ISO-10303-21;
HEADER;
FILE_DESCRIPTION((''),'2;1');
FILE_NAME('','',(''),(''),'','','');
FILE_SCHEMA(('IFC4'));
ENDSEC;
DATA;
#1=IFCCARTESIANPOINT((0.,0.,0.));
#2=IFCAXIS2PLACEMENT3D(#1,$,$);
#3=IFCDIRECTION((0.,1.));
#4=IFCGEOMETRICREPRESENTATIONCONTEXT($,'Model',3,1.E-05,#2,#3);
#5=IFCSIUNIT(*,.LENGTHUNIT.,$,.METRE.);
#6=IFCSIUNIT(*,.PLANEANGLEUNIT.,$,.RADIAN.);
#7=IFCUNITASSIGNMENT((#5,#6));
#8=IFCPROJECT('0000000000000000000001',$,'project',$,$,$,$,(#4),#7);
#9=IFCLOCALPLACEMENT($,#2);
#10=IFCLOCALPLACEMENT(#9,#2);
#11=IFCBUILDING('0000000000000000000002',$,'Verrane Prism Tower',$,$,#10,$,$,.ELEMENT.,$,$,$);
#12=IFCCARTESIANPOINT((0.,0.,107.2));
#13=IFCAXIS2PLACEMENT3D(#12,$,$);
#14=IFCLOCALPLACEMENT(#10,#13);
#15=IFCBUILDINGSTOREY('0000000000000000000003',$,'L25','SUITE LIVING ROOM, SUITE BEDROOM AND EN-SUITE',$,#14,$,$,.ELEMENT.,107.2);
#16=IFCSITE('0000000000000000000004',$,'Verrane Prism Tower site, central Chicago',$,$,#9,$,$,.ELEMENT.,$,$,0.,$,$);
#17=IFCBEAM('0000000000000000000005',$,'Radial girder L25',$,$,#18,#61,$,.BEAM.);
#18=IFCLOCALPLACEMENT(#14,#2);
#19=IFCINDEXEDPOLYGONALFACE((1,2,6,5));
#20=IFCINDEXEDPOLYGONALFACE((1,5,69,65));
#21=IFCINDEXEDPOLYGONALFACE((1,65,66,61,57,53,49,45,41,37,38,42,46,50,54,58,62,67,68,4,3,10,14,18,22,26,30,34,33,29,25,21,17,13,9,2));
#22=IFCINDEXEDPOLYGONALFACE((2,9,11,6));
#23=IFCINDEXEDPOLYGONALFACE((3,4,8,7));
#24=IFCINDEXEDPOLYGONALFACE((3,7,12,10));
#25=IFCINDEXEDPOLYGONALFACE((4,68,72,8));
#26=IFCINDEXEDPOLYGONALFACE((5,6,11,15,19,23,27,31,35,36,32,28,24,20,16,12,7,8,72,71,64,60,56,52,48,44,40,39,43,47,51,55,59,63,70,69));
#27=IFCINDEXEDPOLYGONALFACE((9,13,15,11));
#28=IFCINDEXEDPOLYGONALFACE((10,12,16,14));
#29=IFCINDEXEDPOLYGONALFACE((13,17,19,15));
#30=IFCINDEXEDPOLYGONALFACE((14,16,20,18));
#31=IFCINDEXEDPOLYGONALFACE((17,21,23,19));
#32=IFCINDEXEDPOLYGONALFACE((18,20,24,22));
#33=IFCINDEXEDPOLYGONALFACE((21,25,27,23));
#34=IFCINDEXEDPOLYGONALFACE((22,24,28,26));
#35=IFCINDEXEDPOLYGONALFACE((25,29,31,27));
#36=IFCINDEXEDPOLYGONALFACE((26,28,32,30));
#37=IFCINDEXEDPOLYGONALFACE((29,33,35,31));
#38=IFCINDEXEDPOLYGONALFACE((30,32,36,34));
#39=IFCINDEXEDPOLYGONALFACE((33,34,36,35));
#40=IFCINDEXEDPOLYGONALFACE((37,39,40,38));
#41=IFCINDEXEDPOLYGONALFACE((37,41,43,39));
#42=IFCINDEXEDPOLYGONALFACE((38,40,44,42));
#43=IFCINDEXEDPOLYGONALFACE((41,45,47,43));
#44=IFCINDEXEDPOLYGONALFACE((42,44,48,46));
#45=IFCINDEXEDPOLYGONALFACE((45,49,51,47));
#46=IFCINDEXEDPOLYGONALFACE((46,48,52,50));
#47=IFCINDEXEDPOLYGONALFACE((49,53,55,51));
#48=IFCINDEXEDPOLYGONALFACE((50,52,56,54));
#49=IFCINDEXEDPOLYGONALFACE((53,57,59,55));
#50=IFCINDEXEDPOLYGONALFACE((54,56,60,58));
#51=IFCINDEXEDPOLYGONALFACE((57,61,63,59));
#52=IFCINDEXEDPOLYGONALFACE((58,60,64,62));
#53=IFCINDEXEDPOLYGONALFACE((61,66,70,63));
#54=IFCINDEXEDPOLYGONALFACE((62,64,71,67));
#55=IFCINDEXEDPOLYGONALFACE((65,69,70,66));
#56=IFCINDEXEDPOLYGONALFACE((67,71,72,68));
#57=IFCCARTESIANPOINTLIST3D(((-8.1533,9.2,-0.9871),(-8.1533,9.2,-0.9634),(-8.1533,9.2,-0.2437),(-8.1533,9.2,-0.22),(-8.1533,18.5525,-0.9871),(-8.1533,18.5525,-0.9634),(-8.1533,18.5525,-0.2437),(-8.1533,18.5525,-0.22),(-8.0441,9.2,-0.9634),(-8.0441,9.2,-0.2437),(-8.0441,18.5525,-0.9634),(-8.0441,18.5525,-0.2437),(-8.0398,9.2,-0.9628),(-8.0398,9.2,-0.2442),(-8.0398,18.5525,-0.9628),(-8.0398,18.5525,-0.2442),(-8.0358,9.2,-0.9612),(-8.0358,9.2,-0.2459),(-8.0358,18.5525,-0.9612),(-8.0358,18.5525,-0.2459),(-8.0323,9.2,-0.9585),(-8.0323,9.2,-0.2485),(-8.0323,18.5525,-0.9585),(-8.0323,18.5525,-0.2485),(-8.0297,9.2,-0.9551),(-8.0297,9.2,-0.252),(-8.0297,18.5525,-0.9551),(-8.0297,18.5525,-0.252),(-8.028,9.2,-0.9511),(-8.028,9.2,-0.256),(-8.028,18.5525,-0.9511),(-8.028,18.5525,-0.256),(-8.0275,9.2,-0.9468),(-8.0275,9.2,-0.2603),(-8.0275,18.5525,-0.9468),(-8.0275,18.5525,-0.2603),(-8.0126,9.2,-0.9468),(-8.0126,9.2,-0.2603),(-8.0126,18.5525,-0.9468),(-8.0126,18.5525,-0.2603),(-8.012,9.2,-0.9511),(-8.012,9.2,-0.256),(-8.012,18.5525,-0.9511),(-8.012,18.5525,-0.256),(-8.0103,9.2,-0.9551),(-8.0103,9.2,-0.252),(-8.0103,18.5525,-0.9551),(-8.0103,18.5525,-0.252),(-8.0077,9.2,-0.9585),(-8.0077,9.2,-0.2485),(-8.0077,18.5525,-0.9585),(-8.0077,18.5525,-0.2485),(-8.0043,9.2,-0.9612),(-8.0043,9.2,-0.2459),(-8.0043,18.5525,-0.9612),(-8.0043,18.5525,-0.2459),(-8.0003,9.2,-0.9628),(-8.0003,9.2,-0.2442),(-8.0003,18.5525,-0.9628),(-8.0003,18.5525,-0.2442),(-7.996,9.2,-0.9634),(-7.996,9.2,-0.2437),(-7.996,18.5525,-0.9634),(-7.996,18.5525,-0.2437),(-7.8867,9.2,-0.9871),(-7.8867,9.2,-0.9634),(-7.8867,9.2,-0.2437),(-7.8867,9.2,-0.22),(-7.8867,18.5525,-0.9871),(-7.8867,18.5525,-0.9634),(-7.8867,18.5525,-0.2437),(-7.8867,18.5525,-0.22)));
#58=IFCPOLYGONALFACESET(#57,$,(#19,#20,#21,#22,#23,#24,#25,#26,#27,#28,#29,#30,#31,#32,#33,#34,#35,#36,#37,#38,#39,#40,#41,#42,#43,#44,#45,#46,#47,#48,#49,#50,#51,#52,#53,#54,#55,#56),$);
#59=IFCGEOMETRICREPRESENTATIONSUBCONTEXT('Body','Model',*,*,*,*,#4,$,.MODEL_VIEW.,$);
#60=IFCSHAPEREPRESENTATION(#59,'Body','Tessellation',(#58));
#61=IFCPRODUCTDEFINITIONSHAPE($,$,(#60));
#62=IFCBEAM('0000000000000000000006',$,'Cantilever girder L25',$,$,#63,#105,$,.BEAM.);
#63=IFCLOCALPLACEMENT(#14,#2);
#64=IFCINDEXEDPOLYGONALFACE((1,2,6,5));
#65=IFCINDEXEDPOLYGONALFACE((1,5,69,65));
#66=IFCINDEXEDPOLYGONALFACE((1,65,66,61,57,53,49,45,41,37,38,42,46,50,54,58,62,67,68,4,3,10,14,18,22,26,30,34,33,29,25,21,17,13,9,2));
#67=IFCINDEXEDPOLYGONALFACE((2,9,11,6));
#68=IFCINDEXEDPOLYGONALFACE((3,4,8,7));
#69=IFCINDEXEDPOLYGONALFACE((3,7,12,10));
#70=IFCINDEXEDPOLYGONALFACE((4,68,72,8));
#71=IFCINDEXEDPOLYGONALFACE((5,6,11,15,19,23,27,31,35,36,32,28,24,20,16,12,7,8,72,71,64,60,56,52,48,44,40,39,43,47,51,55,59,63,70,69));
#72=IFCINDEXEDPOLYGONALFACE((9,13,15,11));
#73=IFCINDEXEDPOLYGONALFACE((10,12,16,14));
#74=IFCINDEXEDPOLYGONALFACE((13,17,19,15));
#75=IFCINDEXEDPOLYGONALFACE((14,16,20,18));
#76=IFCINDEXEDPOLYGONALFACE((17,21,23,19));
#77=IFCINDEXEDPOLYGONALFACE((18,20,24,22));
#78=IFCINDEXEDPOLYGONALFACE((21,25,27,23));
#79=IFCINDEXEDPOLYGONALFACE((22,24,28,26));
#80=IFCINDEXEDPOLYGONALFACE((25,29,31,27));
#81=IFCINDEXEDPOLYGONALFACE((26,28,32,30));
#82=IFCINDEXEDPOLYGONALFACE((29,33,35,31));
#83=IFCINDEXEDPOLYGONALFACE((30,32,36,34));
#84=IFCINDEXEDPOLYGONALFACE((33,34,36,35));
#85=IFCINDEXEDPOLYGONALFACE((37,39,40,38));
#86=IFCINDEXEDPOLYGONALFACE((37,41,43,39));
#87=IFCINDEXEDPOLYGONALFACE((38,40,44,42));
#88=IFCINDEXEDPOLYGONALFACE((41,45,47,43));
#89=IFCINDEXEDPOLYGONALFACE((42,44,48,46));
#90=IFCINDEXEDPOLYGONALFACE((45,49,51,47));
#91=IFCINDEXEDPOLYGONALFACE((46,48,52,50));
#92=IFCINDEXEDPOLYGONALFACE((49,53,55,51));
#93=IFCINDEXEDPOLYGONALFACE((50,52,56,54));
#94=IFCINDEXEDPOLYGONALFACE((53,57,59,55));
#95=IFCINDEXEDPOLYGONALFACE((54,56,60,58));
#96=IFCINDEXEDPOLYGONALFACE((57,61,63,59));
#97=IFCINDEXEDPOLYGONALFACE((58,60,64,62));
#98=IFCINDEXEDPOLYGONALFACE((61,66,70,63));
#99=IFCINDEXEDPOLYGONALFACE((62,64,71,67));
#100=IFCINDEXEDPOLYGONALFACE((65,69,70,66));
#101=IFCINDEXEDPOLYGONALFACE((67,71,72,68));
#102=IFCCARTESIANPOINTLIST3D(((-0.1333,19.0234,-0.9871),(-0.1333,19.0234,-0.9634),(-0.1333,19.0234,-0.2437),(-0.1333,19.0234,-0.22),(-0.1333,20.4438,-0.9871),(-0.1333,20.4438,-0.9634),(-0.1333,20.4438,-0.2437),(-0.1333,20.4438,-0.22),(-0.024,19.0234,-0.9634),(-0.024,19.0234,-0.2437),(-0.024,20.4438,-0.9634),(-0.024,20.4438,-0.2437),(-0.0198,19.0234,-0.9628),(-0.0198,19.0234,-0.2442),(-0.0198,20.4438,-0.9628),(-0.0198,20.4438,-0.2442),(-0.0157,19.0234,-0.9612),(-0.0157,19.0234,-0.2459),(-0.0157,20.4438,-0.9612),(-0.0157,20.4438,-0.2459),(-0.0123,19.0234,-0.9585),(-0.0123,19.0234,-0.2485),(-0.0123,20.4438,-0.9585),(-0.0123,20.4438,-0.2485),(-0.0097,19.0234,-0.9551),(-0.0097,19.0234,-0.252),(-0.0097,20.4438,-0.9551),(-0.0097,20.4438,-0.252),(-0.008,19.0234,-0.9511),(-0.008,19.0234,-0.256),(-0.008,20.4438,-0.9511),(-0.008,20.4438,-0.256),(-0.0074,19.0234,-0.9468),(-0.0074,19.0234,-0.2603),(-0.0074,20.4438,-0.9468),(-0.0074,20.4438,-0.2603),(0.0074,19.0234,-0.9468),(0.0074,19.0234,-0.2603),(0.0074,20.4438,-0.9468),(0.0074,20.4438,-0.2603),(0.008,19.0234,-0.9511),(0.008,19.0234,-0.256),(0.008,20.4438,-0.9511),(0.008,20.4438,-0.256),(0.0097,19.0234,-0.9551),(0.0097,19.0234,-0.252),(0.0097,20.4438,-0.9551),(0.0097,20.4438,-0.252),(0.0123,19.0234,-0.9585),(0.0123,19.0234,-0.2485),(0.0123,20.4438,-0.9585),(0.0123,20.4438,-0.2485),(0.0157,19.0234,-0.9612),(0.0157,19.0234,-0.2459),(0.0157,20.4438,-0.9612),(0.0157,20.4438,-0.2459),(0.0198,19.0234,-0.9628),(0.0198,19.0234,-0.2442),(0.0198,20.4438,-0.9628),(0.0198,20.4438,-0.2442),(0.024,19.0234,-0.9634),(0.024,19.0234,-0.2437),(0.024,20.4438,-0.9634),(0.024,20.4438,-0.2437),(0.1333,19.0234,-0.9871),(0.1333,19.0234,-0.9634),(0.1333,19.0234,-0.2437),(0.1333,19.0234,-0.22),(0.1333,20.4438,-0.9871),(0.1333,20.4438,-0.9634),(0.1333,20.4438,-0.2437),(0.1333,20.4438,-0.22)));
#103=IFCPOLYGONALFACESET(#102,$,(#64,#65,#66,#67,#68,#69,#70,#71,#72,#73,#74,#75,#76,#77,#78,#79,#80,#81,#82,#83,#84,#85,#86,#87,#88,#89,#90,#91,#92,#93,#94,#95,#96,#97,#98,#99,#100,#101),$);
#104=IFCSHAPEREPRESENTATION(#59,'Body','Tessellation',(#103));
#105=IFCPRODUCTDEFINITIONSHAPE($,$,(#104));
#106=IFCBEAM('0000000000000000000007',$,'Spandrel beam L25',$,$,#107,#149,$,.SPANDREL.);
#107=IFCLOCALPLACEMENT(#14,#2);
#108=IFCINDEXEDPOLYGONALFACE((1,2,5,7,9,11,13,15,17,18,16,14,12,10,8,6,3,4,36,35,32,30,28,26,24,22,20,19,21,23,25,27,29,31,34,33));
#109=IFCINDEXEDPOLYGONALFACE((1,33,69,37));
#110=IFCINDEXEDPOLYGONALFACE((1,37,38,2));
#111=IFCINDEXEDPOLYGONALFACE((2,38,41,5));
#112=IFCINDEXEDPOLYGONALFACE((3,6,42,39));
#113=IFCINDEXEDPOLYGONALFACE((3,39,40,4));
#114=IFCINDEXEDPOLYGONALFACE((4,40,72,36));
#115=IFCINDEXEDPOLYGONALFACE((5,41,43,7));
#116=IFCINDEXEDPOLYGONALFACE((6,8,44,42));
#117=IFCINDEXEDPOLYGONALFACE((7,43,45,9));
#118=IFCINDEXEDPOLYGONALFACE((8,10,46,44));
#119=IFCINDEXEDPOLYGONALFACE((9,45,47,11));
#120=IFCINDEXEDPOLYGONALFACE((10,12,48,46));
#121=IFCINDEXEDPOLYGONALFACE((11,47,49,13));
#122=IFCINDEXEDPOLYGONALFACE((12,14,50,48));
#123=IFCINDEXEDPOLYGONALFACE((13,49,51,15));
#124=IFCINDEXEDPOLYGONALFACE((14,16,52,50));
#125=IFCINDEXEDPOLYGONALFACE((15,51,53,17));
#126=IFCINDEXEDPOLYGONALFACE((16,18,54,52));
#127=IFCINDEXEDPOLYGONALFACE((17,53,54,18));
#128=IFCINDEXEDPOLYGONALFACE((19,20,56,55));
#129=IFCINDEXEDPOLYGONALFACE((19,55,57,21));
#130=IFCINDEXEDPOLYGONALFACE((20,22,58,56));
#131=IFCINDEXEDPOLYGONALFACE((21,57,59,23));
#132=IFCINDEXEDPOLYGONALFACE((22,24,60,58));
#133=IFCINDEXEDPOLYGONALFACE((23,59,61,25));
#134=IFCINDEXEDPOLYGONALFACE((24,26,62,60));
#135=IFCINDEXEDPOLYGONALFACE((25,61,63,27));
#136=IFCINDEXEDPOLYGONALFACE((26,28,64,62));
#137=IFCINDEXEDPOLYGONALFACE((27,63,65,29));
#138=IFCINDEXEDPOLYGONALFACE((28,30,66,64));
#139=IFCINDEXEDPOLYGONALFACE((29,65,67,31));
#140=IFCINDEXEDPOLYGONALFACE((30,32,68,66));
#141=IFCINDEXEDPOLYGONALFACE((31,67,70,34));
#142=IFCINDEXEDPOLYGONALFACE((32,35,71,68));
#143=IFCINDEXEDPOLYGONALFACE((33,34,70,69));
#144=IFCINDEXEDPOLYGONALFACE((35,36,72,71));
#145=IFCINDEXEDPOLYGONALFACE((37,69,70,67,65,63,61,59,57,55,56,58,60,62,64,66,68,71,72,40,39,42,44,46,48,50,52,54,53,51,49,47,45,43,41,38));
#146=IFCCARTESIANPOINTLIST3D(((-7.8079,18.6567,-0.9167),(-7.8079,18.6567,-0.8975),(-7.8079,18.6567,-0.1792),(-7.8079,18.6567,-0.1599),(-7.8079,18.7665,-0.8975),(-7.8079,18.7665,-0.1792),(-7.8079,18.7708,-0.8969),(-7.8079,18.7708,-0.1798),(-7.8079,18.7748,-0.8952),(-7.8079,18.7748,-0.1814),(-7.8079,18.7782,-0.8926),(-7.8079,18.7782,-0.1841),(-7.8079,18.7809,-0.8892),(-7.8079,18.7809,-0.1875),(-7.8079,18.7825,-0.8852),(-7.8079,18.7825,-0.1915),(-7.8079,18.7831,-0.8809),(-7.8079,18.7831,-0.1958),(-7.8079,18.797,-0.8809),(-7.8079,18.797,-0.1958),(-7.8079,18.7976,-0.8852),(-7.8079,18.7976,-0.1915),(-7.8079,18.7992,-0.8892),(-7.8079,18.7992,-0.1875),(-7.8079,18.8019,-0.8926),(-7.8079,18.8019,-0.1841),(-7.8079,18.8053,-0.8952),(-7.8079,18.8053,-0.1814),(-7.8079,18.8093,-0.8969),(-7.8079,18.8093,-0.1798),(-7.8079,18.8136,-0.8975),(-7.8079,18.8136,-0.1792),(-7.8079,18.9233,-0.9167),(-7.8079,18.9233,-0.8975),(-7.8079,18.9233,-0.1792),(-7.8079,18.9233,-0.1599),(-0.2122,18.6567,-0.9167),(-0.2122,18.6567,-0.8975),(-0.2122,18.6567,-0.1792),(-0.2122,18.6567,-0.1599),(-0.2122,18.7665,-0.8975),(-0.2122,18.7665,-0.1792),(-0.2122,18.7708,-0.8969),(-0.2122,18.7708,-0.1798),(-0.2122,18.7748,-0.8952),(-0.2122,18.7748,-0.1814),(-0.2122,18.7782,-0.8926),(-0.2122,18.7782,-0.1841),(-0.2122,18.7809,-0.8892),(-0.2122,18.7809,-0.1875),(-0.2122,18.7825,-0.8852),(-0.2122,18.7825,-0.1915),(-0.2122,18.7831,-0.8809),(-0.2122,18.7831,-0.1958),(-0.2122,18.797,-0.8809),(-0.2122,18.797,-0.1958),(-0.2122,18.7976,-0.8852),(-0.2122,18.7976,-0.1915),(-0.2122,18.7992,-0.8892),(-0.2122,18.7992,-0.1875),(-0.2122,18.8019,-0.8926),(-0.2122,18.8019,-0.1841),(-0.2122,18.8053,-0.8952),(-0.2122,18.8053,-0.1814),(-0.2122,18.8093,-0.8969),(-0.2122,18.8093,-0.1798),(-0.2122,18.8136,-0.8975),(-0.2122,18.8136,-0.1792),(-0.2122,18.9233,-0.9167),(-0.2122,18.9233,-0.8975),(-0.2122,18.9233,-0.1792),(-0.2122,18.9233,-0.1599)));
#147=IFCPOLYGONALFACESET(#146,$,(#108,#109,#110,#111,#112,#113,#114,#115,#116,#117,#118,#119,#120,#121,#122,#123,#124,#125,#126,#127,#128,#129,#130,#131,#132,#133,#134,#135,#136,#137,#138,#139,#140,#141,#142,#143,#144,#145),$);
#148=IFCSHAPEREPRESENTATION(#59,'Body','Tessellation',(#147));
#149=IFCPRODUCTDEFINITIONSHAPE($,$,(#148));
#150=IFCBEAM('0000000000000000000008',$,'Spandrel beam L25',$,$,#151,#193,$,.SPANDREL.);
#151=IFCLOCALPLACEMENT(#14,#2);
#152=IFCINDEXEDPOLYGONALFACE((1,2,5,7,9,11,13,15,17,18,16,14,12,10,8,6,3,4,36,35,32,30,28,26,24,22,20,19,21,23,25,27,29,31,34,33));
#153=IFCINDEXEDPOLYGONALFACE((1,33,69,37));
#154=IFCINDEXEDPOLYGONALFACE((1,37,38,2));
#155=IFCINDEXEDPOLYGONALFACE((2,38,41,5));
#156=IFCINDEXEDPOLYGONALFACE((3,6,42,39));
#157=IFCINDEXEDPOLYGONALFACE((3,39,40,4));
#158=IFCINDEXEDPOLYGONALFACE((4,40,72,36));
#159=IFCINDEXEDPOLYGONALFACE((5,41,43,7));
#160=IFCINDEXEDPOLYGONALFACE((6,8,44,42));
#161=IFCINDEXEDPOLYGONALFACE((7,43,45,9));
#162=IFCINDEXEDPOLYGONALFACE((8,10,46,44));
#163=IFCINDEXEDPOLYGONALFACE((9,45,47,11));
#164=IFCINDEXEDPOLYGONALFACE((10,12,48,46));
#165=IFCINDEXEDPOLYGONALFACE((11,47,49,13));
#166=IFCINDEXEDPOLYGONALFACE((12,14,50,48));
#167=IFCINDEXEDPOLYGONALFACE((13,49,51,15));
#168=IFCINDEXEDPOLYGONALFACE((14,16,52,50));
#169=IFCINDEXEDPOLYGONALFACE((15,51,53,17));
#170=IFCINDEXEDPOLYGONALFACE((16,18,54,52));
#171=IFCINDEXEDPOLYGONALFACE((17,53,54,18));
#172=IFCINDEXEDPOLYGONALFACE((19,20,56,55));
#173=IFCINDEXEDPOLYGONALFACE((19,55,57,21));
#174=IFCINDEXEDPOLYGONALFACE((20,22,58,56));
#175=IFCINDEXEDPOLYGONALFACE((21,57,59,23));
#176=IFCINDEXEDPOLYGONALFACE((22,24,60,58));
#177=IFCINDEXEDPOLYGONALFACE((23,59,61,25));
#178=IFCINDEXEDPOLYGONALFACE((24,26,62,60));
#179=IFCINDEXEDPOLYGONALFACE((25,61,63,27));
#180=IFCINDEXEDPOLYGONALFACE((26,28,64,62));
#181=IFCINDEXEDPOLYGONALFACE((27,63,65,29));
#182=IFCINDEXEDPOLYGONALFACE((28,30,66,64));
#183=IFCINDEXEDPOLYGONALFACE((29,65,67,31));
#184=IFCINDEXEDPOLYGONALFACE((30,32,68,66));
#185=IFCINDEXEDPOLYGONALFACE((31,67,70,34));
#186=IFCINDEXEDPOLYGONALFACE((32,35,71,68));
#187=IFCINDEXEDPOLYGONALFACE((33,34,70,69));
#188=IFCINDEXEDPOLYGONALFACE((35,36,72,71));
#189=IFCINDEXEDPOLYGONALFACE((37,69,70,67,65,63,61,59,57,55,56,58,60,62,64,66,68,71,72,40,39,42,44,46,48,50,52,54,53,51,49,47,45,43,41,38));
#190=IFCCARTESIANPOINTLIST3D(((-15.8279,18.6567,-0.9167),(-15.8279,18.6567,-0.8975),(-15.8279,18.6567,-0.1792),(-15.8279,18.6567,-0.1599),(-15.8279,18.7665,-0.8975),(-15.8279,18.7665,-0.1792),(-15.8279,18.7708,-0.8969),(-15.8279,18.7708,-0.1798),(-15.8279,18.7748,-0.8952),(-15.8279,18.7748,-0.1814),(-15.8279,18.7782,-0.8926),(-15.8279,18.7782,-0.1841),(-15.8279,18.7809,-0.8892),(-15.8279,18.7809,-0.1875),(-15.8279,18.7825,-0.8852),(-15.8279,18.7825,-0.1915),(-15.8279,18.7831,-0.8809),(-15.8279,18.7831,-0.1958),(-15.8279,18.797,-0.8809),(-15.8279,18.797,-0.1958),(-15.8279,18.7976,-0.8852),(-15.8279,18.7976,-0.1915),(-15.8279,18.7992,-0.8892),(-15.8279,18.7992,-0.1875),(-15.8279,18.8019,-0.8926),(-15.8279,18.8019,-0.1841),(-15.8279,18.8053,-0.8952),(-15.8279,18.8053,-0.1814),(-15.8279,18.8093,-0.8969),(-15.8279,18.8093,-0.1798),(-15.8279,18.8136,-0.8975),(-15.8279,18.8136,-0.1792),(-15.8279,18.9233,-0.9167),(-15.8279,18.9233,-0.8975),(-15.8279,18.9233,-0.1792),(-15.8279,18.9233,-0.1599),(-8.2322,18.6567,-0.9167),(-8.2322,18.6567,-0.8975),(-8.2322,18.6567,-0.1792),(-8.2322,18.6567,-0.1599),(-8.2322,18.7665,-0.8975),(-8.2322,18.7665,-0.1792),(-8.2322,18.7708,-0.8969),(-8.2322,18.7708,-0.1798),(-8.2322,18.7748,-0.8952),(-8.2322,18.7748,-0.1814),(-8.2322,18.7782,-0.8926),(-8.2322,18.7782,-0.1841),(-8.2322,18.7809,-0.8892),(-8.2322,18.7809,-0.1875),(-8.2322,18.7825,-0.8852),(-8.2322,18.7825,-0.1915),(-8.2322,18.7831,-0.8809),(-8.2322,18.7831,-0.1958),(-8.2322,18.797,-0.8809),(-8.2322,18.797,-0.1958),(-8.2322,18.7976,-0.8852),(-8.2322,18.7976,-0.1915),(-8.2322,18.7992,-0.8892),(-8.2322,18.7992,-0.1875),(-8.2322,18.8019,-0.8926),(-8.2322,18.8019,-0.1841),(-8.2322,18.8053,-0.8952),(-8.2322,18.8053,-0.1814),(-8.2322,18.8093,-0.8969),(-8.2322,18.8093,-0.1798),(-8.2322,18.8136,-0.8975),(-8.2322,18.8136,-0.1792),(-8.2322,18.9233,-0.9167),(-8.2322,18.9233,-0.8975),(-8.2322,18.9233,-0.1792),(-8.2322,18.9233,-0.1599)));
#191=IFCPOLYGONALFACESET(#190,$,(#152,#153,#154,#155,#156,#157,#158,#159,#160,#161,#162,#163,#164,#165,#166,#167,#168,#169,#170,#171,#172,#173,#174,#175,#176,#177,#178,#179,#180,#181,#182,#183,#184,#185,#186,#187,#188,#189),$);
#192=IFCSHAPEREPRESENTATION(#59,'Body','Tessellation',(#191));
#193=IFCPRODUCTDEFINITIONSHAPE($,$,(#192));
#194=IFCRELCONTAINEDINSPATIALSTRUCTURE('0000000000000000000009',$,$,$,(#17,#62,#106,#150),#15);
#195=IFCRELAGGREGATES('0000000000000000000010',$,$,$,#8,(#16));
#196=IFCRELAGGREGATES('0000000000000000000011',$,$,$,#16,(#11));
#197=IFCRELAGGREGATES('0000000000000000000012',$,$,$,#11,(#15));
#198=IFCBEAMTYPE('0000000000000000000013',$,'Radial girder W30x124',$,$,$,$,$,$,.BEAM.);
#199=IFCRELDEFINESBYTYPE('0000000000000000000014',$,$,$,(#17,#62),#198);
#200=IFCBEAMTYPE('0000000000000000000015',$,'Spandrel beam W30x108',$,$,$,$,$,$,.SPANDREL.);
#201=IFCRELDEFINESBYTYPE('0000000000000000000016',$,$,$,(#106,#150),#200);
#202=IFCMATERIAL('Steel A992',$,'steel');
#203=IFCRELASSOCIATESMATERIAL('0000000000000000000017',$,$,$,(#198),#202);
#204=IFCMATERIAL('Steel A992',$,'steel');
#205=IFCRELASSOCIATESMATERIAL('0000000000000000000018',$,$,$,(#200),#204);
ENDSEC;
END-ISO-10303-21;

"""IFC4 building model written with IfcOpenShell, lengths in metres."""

from ifc_helpers import new_model, si_unit, direction, frame, origin, origin_2d, place, context, subcontext, project, spatial, i_section, extrude, material, material_profile, profile_set, type_object, element, save


model = new_model("IFC4")

# Units and contexts
model_context = context("Model", 3, precision=1e-05, world=origin(), true_north=direction((0.0, 1.0)))
body_context = subcontext(model_context, "Body", "Model", "MODEL_VIEW")
ifc_project = project(units=[si_unit("LENGTHUNIT", "METRE"), si_unit("PLANEANGLEUNIT", "RADIAN")], contexts=[model_context])

# Site, building, storey
site_placement = place(None, origin())
site = spatial("IfcSite", under=ifc_project, at=site_placement, Name="Verrane Prism Tower site, central Chicago", CompositionType="ELEMENT", RefElevation=0.0)
building_placement = place(site_placement, origin())
building = spatial("IfcBuilding", under=site, at=building_placement, Name="Verrane Prism Tower", CompositionType="ELEMENT")
storey_placement = place(building_placement, frame((0.0, 0.0, 107.2)))
storey = spatial("IfcBuildingStorey", under=building, at=storey_placement, Name="L25", Description="SUITE LIVING ROOM, SUITE BEDROOM AND EN-SUITE", CompositionType="ELEMENT", Elevation=107.2)

# Beams
ifc_material_1 = material(Name="Steel A992", Category="steel")
ifc_material_profile_1 = material_profile(ifc_material_1, i_section(OverallWidth=0.2666, OverallDepth=0.7671, WebThickness=0.0149, FlangeThickness=0.0237, FilletRadius=0.0166, at=origin_2d()), Name="W30x124")
ifc_profile_set_1 = profile_set([ifc_material_profile_1], Name="Steel A992")
beam_type_1 = type_object("IfcBeamType", Name="Radial girder W30x124", PredefinedType="BEAM", material=ifc_profile_set_1)
for number, where, z_axis, x_axis, name in (
    (1, (-8.02, 18.5525, -0.6035), (0.0, -1.0, 0.0), (1.0, 0.0, 0.0), "Radial girder L25"),
):
    element("IfcBeam", number, at=place(storey_placement, frame(where, z_axis=z_axis, x_axis=x_axis)), inside=storey, type_object=beam_type_1, Name=name, PredefinedType="BEAM", context=body_context, shape_type="SweptSolid", body=[
        extrude(i_section(OverallWidth=0.2666, OverallDepth=0.7671, WebThickness=0.0149, FlangeThickness=0.0237, FilletRadius=0.0166, at=origin_2d()), origin(), (0.0, 0.0, 1.0), 9.3525),
    ])
beam_placement = place(storey_placement, frame((0.0, 19.0234, -0.6035), z_axis=(0.0, 1.0, 0.0), x_axis=(-1.0, 0.0, 0.0)))
element("IfcBeam", 2, at=beam_placement, inside=storey, type_object=beam_type_1, Name="Cantilever girder L25", PredefinedType="BEAM", context=body_context, shape_type="SweptSolid", body=[
    extrude(i_section(OverallWidth=0.2666, OverallDepth=0.7671, WebThickness=0.0149, FlangeThickness=0.0237, FilletRadius=0.0166, at=origin_2d()), origin(), (0.0, 0.0, 1.0), 1.4204),
])
ifc_material_2 = material(Name="Steel A992", Category="steel")
ifc_material_profile_2 = material_profile(ifc_material_2, i_section(OverallWidth=0.2666, OverallDepth=0.7568, WebThickness=0.0139, FlangeThickness=0.0193, FilletRadius=0.0166, at=origin_2d()), Name="W30x108")
ifc_profile_set_2 = profile_set([ifc_material_profile_2], Name="Steel A992")
beam_type_2 = type_object("IfcBeamType", Name="Spandrel beam W30x108", PredefinedType="SPANDREL", material=ifc_profile_set_2)
for number, where, z_axis, x_axis, name in (
    (3, (-0.2122, 18.79, -0.5383), (-1.0, 0.0, 0.0), (0.0, -1.0, 0.0), "Spandrel beam L25"),
    (4, (-8.2322, 18.79, -0.5383), (-1.0, 0.0, 0.0), (0.0, -1.0, 0.0), "Spandrel beam L25"),
):
    element("IfcBeam", number, at=place(storey_placement, frame(where, z_axis=z_axis, x_axis=x_axis)), inside=storey, type_object=beam_type_2, Name=name, PredefinedType="SPANDREL", context=body_context, shape_type="SweptSolid", body=[
        extrude(i_section(OverallWidth=0.2666, OverallDepth=0.7568, WebThickness=0.0139, FlangeThickness=0.0193, FilletRadius=0.0166, at=origin_2d()), origin(), (0.0, 0.0, 1.0), 7.5957),
    ])

save(model, "model.ifc")
